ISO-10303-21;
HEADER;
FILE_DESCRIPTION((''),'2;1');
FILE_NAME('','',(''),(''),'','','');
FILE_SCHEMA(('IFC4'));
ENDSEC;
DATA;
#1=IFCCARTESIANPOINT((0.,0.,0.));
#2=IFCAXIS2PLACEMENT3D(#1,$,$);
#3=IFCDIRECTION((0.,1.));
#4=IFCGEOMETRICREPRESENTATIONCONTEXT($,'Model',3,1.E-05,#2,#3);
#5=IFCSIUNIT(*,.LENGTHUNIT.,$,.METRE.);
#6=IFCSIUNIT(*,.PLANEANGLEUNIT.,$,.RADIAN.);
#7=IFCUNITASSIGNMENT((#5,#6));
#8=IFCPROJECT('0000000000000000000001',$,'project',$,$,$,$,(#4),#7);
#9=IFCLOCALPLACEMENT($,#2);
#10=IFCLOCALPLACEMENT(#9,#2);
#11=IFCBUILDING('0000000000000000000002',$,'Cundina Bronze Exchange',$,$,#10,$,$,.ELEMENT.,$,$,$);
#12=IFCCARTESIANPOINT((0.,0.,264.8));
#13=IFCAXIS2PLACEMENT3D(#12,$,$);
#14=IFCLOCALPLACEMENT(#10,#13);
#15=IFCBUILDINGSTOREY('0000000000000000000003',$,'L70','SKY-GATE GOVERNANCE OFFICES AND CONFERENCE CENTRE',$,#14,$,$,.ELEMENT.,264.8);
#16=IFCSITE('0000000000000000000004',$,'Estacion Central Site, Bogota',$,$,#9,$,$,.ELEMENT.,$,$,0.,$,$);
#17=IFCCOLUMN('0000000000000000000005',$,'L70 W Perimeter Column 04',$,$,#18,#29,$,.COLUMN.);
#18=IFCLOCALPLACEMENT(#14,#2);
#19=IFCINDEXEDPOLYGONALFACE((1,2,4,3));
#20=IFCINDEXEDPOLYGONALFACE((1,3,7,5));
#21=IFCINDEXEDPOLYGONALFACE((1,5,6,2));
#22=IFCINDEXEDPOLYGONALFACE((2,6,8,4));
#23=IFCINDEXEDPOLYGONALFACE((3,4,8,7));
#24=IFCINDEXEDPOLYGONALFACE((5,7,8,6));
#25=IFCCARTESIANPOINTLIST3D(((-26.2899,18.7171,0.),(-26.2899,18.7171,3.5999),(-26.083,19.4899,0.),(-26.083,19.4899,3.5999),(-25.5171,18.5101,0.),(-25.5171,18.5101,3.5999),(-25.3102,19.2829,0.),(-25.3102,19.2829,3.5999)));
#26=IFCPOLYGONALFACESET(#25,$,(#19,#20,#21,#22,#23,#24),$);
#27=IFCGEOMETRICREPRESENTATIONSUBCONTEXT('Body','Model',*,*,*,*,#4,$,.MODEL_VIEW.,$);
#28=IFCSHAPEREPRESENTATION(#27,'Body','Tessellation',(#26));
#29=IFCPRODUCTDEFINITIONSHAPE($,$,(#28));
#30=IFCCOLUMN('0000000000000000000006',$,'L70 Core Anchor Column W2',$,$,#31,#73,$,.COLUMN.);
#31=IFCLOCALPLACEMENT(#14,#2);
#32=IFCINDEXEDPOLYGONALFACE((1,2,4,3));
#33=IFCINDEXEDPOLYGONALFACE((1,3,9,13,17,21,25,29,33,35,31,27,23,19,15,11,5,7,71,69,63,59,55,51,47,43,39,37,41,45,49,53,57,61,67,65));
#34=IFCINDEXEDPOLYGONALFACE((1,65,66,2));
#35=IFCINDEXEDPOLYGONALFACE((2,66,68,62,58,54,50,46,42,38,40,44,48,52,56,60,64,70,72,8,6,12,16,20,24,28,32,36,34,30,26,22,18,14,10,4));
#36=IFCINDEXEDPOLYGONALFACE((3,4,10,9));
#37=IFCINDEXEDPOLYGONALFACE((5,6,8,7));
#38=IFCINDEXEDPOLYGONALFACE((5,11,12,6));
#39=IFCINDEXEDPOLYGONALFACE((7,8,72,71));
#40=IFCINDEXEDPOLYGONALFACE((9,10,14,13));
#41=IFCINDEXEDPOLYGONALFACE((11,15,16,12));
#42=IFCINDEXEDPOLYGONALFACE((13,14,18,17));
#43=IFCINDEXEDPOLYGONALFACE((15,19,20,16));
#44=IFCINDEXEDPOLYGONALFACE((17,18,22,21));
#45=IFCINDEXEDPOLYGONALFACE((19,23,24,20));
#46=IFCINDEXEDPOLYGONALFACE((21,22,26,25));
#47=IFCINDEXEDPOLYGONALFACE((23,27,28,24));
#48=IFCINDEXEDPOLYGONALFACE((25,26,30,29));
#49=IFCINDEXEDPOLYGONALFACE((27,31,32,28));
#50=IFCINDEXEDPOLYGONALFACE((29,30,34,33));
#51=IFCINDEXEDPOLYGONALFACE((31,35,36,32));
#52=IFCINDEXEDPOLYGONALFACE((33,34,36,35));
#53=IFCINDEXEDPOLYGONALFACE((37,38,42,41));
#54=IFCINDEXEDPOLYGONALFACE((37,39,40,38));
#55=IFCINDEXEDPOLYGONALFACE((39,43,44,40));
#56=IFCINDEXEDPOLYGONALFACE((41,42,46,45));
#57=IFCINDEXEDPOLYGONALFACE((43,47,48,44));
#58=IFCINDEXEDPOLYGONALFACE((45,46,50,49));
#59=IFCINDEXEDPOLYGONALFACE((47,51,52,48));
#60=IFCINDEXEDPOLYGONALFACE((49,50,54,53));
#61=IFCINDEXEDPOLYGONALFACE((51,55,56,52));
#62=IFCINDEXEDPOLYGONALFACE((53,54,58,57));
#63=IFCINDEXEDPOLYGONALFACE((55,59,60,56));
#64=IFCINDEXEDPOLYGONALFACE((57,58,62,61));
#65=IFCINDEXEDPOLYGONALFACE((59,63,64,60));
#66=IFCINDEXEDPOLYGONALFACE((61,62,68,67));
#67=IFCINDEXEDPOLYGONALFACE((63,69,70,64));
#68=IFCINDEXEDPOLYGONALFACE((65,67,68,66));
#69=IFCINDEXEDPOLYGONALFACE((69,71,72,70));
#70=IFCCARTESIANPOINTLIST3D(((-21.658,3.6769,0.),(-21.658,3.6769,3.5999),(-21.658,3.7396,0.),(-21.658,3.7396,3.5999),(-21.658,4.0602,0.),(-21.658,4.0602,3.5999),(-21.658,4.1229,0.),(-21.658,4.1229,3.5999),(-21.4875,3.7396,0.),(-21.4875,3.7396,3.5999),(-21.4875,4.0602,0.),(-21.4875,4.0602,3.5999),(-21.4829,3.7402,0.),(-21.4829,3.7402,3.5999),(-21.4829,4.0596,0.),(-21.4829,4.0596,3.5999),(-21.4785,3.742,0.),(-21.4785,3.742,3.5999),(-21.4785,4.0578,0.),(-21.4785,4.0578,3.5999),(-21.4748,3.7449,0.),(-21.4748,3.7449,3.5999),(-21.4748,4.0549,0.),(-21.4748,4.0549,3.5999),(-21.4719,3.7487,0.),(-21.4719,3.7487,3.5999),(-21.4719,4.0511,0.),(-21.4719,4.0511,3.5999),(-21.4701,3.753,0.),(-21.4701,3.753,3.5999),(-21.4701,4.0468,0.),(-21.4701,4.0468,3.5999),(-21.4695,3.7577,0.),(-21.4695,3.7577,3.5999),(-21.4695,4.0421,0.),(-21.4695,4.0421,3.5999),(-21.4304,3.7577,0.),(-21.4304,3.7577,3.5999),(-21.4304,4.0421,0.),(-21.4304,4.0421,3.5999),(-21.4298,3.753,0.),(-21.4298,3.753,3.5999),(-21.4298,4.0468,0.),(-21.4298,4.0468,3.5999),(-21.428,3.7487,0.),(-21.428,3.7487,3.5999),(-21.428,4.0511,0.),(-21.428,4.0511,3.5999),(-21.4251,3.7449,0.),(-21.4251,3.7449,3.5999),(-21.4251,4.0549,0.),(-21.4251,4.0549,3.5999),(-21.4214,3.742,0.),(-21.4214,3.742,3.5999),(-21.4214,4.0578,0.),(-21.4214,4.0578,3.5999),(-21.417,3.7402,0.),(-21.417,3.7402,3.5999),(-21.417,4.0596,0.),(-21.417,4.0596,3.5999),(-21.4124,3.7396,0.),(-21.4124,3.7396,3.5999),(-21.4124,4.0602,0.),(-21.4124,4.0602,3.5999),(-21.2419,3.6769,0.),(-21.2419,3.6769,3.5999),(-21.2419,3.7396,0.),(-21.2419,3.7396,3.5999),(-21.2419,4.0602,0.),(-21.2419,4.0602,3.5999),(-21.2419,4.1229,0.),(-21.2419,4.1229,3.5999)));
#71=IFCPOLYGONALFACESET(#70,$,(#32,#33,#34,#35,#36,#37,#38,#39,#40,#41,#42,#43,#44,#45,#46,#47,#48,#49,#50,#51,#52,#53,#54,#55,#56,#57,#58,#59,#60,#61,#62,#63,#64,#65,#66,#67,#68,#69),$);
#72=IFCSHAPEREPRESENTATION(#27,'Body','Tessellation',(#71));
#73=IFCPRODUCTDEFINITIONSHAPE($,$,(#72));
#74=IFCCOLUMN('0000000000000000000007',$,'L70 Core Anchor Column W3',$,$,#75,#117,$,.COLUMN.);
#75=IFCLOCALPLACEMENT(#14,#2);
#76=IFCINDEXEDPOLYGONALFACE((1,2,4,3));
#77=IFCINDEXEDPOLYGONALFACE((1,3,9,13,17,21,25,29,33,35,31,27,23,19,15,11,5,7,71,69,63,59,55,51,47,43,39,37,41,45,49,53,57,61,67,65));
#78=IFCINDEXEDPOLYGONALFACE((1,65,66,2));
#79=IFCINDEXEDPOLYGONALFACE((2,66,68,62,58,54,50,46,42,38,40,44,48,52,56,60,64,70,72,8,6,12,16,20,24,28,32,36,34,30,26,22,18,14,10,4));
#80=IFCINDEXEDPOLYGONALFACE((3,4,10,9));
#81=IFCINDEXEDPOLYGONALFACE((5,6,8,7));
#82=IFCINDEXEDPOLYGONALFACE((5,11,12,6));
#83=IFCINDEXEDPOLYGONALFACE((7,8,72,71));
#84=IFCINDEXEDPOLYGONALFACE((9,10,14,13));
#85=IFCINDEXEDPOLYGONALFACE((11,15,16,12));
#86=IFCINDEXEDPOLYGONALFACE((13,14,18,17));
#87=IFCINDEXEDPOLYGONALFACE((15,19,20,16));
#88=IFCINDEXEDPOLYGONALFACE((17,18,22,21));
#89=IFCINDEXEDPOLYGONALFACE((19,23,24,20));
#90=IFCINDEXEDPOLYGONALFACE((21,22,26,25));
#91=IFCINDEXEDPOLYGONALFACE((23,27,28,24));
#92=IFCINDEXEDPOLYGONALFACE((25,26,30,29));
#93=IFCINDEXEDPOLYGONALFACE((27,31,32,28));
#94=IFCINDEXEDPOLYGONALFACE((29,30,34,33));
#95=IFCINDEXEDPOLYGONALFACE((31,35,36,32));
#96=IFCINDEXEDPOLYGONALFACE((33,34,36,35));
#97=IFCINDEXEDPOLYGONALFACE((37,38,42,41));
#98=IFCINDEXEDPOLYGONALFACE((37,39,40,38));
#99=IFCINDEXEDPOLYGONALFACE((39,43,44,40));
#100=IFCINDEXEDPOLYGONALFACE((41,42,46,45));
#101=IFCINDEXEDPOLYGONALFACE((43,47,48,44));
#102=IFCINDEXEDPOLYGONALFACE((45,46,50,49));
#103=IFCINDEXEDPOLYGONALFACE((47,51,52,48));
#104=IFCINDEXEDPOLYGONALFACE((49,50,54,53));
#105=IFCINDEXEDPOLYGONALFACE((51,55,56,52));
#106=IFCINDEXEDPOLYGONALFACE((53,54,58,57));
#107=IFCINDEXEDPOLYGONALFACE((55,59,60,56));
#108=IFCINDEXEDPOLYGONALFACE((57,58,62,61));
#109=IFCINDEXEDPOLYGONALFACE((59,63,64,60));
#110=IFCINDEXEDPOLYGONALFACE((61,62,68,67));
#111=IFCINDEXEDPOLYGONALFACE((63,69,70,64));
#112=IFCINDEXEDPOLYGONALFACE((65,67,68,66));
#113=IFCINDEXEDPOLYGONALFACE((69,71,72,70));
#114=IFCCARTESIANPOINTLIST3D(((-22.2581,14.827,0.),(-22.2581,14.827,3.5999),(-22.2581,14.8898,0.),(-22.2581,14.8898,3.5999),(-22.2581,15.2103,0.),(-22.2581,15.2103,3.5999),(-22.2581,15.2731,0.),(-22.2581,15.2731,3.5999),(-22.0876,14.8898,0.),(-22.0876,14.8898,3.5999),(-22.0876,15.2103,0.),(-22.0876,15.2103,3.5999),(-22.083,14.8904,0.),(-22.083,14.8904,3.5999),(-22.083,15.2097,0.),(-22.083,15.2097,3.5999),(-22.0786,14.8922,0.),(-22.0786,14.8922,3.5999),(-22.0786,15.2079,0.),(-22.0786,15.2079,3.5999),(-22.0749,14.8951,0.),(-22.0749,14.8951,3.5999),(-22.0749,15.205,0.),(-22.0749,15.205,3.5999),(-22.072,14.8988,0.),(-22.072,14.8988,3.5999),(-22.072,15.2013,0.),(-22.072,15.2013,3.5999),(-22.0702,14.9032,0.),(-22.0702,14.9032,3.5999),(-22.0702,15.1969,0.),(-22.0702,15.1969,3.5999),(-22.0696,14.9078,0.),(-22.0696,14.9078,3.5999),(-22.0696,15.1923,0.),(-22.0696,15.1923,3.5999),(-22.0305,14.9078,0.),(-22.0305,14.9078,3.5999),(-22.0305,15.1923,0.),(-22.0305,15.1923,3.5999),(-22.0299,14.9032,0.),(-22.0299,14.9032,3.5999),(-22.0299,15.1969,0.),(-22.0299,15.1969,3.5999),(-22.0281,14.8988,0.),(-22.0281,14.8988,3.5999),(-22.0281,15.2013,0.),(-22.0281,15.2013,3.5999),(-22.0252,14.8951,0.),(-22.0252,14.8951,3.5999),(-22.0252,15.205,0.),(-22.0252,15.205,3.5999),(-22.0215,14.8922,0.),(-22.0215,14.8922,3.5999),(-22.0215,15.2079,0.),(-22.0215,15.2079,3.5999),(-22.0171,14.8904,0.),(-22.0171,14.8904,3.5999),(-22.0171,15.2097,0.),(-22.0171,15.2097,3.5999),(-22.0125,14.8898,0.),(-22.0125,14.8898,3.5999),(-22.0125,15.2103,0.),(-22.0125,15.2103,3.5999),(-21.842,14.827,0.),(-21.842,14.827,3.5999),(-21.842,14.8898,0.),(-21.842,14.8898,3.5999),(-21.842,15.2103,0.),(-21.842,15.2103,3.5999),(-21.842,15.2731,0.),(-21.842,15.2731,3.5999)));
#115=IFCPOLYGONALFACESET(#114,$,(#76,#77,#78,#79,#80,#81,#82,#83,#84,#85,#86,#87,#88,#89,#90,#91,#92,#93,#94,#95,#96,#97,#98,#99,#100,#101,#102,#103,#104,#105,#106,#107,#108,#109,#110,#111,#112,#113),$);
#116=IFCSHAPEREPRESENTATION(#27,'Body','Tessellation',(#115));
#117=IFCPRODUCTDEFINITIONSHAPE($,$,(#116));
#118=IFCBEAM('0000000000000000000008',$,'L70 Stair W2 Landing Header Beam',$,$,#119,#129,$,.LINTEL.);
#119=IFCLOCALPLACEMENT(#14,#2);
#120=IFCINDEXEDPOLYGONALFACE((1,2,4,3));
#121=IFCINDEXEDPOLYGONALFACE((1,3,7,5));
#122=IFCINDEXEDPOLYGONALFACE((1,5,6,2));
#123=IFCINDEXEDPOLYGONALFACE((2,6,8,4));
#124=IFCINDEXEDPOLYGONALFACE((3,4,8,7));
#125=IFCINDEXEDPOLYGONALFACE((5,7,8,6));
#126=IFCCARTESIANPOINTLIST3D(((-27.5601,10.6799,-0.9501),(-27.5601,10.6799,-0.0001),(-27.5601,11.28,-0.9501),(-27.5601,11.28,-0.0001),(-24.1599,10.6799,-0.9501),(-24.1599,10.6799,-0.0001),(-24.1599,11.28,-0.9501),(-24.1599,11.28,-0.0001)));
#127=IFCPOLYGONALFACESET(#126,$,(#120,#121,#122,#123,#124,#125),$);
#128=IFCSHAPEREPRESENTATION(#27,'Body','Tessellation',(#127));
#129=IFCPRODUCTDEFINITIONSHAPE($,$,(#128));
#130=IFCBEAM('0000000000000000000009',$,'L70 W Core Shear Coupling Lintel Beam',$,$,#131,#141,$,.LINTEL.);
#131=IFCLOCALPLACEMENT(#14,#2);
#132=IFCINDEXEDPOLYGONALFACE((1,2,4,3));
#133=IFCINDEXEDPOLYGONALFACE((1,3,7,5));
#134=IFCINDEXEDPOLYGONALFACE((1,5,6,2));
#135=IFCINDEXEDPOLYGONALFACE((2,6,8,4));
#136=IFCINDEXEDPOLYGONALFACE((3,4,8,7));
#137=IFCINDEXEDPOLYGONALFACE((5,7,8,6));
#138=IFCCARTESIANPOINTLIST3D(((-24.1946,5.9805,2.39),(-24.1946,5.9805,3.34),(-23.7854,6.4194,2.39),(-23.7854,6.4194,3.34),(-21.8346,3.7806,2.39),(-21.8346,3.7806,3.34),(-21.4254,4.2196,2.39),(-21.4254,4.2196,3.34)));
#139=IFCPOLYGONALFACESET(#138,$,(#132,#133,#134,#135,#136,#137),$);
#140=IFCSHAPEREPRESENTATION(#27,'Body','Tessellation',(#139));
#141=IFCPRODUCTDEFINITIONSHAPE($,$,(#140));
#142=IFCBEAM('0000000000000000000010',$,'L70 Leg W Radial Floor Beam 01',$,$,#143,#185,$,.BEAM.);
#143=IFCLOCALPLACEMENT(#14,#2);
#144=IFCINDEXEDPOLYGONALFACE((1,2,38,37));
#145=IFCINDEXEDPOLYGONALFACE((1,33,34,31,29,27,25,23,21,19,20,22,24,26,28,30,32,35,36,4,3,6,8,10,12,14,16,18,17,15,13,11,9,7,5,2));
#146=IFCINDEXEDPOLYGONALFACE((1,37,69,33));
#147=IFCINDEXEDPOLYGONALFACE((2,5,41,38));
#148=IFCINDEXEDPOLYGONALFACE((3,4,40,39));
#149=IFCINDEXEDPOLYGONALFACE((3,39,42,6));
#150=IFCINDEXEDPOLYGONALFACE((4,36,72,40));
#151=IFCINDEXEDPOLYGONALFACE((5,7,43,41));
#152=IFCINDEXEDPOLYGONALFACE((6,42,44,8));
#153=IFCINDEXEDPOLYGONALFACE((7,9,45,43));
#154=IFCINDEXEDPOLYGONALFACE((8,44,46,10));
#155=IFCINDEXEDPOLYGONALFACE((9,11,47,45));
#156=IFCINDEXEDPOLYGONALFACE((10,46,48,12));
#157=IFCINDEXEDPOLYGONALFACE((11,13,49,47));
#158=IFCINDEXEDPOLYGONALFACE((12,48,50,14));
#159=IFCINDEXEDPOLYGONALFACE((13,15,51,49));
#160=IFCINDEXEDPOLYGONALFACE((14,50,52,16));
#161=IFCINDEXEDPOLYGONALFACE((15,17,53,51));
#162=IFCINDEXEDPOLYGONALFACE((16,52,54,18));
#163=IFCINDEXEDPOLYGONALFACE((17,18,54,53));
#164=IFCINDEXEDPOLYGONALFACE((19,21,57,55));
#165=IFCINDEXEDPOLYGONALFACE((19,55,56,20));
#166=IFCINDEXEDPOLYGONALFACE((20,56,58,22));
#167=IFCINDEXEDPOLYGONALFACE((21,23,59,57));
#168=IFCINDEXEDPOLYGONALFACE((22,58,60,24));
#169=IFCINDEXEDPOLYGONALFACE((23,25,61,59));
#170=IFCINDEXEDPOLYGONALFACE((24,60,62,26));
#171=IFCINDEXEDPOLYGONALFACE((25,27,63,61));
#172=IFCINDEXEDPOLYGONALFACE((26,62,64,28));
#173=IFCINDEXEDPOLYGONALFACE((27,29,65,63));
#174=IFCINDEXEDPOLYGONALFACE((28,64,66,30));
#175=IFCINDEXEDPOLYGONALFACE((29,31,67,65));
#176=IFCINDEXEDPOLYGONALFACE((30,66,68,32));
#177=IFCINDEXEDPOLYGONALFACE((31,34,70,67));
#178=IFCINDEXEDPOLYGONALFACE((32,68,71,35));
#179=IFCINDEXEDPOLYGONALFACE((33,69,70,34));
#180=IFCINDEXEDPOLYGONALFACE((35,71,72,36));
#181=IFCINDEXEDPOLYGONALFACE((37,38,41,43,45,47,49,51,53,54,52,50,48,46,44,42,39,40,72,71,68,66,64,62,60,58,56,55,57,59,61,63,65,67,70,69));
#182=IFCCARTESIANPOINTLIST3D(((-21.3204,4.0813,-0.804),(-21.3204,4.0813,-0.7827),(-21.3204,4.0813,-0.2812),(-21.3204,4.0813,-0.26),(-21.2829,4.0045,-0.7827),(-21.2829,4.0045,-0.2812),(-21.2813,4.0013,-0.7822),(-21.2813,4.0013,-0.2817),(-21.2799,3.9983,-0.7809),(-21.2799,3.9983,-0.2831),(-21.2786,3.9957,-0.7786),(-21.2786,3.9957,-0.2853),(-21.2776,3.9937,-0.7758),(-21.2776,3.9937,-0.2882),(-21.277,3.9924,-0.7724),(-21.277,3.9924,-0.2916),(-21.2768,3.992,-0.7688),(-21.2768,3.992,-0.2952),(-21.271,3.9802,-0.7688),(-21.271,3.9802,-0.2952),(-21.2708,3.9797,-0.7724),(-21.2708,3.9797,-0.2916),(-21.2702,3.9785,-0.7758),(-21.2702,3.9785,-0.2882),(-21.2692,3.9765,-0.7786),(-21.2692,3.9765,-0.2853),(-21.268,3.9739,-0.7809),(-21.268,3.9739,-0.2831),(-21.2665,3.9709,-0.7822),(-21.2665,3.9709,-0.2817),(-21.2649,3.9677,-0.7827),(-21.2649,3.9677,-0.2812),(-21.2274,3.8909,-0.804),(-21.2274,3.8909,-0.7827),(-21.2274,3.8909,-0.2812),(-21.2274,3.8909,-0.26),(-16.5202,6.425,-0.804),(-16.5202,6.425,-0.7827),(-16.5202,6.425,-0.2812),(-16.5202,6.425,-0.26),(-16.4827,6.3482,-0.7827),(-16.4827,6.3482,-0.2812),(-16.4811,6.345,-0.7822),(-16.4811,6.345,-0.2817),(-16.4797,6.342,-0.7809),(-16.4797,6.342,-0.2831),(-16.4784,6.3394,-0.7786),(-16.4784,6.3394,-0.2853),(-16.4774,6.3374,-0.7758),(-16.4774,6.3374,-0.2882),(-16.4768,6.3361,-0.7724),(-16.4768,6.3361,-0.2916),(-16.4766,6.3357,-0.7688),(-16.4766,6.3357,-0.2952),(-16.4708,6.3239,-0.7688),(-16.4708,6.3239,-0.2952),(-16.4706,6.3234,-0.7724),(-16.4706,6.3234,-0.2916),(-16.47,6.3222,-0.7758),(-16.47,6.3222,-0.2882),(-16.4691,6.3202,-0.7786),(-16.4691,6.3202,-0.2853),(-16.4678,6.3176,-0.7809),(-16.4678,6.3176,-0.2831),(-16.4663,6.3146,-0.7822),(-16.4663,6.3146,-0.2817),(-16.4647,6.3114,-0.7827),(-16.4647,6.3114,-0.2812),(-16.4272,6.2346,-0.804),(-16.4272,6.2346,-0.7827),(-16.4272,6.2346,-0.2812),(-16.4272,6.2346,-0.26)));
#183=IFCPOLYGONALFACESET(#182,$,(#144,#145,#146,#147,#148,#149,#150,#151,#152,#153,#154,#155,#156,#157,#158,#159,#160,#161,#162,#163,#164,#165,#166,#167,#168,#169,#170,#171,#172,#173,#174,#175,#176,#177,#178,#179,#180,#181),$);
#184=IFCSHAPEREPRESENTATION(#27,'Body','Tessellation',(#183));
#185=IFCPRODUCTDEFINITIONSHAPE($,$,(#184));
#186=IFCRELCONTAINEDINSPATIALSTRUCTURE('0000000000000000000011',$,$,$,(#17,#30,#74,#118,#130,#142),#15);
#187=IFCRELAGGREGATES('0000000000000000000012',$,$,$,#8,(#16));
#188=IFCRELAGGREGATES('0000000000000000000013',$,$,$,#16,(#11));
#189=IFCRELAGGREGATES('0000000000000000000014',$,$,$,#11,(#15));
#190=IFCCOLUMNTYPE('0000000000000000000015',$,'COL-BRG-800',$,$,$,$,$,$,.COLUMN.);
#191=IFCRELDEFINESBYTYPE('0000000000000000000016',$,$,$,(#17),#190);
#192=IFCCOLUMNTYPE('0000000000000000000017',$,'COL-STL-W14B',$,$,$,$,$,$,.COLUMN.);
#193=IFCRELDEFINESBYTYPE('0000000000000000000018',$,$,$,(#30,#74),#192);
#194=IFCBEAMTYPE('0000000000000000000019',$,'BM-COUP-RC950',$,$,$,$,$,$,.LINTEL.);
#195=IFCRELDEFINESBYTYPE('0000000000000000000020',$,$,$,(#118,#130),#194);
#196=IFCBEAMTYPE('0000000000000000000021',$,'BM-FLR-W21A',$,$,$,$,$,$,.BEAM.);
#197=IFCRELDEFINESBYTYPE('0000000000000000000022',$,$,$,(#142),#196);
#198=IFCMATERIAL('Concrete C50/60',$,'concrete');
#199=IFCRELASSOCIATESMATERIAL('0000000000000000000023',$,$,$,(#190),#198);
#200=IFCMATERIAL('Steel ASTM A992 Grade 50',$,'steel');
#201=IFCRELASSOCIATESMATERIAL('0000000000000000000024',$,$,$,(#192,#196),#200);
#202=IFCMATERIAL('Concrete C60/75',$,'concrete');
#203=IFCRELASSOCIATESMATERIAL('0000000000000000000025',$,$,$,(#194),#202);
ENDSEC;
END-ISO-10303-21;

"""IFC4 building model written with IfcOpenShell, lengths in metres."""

from ifc_helpers import new_model, si_unit, direction, frame, origin, origin_2d, place, context, subcontext, project, spatial, rectangle, i_section, extrude, material, material_profile, profile_set, type_object, element, save


model = new_model("IFC4")

# Units and contexts
model_context = context("Model", 3, precision=1e-05, world=origin(), true_north=direction((0.0, 1.0)))
body_context = subcontext(model_context, "Body", "Model", "MODEL_VIEW")
ifc_project = project(units=[si_unit("LENGTHUNIT", "METRE"), si_unit("PLANEANGLEUNIT", "RADIAN")], contexts=[model_context])

# Site, building, storey
site_placement = place(None, origin())
site = spatial("IfcSite", under=ifc_project, at=site_placement, Name="Estacion Central Site, Bogota", CompositionType="ELEMENT", RefElevation=0.0)
building_placement = place(site_placement, origin())
building = spatial("IfcBuilding", under=site, at=building_placement, Name="Cundina Bronze Exchange", CompositionType="ELEMENT")
storey_placement = place(building_placement, frame((0.0, 0.0, 264.8)))
storey = spatial("IfcBuildingStorey", under=building, at=storey_placement, Name="L70", Description="SKY-GATE GOVERNANCE OFFICES AND CONFERENCE CENTRE", CompositionType="ELEMENT", Elevation=264.8)

# Columns
ifc_material_1 = material(Name="Concrete C50/60", Category="concrete")
ifc_material_profile_1 = material_profile(ifc_material_1, rectangle(XDim=0.8, YDim=0.8, at=origin_2d()), Name="RC800X800", Category="concrete")
ifc_profile_set_1 = profile_set([ifc_material_profile_1], Name="Concrete C50/60")
column_type_1 = type_object("IfcColumnType", Name="COL-BRG-800", PredefinedType="COLUMN", material=ifc_profile_set_1)
column_placement = place(storey_placement, frame((-25.8, 19.0, 0.0), z_axis=(0.0, 0.0, 1.0), x_axis=(-0.965971, 0.25865, 0.0)))
element("IfcColumn", 1, at=column_placement, inside=storey, type_object=column_type_1, Name="L70 W Perimeter Column 04", PredefinedType="COLUMN", context=body_context, shape_type="SweptSolid", body=[
    extrude(rectangle(XDim=0.8, YDim=0.8, at=origin_2d()), origin(), (0.0, 0.0, 1.0), 3.5999),
])
ifc_material_2 = material(Name="Steel ASTM A992 Grade 50", Category="steel")
ifc_material_profile_2 = material_profile(ifc_material_2, i_section(OverallWidth=0.416, OverallDepth=0.446, WebThickness=0.0391, FlangeThickness=0.0627, FilletRadius=0.0181, at=origin_2d()), Name="W14X342", Category="steel")
ifc_profile_set_2 = profile_set([ifc_material_profile_2], Name="Steel ASTM A992 Grade 50")
column_type_2 = type_object("IfcColumnType", Name="COL-STL-W14B", PredefinedType="COLUMN", material=ifc_profile_set_2)
for number, where, z_axis, x_axis, name in (
    (2, (-21.45, 3.8999, 0.0), (0.0, 0.0, 1.0), (1.0, 0.0, 0.0), "L70 Core Anchor Column W2"),
    (3, (-22.05, 15.05, 0.0), (0.0, 0.0, 1.0), (1.0, 0.0, 0.0), "L70 Core Anchor Column W3"),
):
    element("IfcColumn", number, at=place(storey_placement, frame(where, z_axis=z_axis, x_axis=x_axis)), inside=storey, type_object=column_type_2, Name=name, PredefinedType="COLUMN", context=body_context, shape_type="SweptSolid", body=[
        extrude(i_section(OverallWidth=0.416, OverallDepth=0.446, WebThickness=0.0391, FlangeThickness=0.0627, FilletRadius=0.0181, at=origin_2d()), origin(), (0.0, 0.0, 1.0), 3.5999),
    ])

# Beams
ifc_material_3 = material(Name="Concrete C60/75", Category="concrete")
ifc_material_profile_3 = material_profile(ifc_material_3, rectangle(XDim=0.6001, YDim=0.95, at=origin_2d()), Name="RC600X950", Category="concrete")
ifc_profile_set_3 = profile_set([ifc_material_profile_3], Name="Concrete C60/75")
beam_type_1 = type_object("IfcBeamType", Name="BM-COUP-RC950", PredefinedType="LINTEL", material=ifc_profile_set_3)
beam_1_placement = place(storey_placement, frame((-27.5601, 10.98, -0.4751), z_axis=(1.0, 0.0, 0.0), x_axis=(0.0, 1.0, 0.0)))
element("IfcBeam", 4, at=beam_1_placement, inside=storey, type_object=beam_type_1, Name="L70 Stair W2 Landing Header Beam", PredefinedType="LINTEL", context=body_context, shape_type="SweptSolid", body=[
    extrude(rectangle(XDim=0.6001, YDim=0.95, at=origin_2d()), origin(), (0.0, 0.0, 1.0), 3.4001),
])
beam_2_placement = place(storey_placement, frame((-23.99, 6.2, 2.865), z_axis=(0.73149, -0.681852, 0.0), x_axis=(0.681852, 0.73149, 0.0)))
element("IfcBeam", 5, at=beam_2_placement, inside=storey, type_object=beam_type_1, Name="L70 W Core Shear Coupling Lintel Beam", PredefinedType="LINTEL", context=body_context, shape_type="SweptSolid", body=[
    extrude(rectangle(XDim=0.6001, YDim=0.95, at=origin_2d()), origin(), (0.0, 0.0, 1.0), 3.2263),
])
ifc_material_profile_4 = material_profile(ifc_material_2, i_section(OverallWidth=0.2119, OverallDepth=0.5439, WebThickness=0.0132, FlangeThickness=0.0212, FilletRadius=0.0139, at=origin_2d()), Name="W21X83", Category="steel")
ifc_profile_set_4 = profile_set([ifc_material_profile_4], Name="Steel ASTM A992 Grade 50")
beam_type_2 = type_object("IfcBeamType", Name="BM-FLR-W21A", PredefinedType="BEAM", material=ifc_profile_set_4)
beam_3_placement = place(storey_placement, frame((-21.2739, 3.9861, -0.532), z_axis=(0.89861, 0.438748, 0.0), x_axis=(-0.438748, 0.89861, 0.0)))
element("IfcBeam", 6, at=beam_3_placement, inside=storey, type_object=beam_type_2, Name="L70 Leg W Radial Floor Beam 01", PredefinedType="BEAM", context=body_context, shape_type="SweptSolid", body=[
    extrude(i_section(OverallWidth=0.2119, OverallDepth=0.5439, WebThickness=0.0132, FlangeThickness=0.0212, FilletRadius=0.0139, at=origin_2d()), origin(), (0.0, 0.0, 1.0), 5.3418),
])

save(model, "model.ifc")
